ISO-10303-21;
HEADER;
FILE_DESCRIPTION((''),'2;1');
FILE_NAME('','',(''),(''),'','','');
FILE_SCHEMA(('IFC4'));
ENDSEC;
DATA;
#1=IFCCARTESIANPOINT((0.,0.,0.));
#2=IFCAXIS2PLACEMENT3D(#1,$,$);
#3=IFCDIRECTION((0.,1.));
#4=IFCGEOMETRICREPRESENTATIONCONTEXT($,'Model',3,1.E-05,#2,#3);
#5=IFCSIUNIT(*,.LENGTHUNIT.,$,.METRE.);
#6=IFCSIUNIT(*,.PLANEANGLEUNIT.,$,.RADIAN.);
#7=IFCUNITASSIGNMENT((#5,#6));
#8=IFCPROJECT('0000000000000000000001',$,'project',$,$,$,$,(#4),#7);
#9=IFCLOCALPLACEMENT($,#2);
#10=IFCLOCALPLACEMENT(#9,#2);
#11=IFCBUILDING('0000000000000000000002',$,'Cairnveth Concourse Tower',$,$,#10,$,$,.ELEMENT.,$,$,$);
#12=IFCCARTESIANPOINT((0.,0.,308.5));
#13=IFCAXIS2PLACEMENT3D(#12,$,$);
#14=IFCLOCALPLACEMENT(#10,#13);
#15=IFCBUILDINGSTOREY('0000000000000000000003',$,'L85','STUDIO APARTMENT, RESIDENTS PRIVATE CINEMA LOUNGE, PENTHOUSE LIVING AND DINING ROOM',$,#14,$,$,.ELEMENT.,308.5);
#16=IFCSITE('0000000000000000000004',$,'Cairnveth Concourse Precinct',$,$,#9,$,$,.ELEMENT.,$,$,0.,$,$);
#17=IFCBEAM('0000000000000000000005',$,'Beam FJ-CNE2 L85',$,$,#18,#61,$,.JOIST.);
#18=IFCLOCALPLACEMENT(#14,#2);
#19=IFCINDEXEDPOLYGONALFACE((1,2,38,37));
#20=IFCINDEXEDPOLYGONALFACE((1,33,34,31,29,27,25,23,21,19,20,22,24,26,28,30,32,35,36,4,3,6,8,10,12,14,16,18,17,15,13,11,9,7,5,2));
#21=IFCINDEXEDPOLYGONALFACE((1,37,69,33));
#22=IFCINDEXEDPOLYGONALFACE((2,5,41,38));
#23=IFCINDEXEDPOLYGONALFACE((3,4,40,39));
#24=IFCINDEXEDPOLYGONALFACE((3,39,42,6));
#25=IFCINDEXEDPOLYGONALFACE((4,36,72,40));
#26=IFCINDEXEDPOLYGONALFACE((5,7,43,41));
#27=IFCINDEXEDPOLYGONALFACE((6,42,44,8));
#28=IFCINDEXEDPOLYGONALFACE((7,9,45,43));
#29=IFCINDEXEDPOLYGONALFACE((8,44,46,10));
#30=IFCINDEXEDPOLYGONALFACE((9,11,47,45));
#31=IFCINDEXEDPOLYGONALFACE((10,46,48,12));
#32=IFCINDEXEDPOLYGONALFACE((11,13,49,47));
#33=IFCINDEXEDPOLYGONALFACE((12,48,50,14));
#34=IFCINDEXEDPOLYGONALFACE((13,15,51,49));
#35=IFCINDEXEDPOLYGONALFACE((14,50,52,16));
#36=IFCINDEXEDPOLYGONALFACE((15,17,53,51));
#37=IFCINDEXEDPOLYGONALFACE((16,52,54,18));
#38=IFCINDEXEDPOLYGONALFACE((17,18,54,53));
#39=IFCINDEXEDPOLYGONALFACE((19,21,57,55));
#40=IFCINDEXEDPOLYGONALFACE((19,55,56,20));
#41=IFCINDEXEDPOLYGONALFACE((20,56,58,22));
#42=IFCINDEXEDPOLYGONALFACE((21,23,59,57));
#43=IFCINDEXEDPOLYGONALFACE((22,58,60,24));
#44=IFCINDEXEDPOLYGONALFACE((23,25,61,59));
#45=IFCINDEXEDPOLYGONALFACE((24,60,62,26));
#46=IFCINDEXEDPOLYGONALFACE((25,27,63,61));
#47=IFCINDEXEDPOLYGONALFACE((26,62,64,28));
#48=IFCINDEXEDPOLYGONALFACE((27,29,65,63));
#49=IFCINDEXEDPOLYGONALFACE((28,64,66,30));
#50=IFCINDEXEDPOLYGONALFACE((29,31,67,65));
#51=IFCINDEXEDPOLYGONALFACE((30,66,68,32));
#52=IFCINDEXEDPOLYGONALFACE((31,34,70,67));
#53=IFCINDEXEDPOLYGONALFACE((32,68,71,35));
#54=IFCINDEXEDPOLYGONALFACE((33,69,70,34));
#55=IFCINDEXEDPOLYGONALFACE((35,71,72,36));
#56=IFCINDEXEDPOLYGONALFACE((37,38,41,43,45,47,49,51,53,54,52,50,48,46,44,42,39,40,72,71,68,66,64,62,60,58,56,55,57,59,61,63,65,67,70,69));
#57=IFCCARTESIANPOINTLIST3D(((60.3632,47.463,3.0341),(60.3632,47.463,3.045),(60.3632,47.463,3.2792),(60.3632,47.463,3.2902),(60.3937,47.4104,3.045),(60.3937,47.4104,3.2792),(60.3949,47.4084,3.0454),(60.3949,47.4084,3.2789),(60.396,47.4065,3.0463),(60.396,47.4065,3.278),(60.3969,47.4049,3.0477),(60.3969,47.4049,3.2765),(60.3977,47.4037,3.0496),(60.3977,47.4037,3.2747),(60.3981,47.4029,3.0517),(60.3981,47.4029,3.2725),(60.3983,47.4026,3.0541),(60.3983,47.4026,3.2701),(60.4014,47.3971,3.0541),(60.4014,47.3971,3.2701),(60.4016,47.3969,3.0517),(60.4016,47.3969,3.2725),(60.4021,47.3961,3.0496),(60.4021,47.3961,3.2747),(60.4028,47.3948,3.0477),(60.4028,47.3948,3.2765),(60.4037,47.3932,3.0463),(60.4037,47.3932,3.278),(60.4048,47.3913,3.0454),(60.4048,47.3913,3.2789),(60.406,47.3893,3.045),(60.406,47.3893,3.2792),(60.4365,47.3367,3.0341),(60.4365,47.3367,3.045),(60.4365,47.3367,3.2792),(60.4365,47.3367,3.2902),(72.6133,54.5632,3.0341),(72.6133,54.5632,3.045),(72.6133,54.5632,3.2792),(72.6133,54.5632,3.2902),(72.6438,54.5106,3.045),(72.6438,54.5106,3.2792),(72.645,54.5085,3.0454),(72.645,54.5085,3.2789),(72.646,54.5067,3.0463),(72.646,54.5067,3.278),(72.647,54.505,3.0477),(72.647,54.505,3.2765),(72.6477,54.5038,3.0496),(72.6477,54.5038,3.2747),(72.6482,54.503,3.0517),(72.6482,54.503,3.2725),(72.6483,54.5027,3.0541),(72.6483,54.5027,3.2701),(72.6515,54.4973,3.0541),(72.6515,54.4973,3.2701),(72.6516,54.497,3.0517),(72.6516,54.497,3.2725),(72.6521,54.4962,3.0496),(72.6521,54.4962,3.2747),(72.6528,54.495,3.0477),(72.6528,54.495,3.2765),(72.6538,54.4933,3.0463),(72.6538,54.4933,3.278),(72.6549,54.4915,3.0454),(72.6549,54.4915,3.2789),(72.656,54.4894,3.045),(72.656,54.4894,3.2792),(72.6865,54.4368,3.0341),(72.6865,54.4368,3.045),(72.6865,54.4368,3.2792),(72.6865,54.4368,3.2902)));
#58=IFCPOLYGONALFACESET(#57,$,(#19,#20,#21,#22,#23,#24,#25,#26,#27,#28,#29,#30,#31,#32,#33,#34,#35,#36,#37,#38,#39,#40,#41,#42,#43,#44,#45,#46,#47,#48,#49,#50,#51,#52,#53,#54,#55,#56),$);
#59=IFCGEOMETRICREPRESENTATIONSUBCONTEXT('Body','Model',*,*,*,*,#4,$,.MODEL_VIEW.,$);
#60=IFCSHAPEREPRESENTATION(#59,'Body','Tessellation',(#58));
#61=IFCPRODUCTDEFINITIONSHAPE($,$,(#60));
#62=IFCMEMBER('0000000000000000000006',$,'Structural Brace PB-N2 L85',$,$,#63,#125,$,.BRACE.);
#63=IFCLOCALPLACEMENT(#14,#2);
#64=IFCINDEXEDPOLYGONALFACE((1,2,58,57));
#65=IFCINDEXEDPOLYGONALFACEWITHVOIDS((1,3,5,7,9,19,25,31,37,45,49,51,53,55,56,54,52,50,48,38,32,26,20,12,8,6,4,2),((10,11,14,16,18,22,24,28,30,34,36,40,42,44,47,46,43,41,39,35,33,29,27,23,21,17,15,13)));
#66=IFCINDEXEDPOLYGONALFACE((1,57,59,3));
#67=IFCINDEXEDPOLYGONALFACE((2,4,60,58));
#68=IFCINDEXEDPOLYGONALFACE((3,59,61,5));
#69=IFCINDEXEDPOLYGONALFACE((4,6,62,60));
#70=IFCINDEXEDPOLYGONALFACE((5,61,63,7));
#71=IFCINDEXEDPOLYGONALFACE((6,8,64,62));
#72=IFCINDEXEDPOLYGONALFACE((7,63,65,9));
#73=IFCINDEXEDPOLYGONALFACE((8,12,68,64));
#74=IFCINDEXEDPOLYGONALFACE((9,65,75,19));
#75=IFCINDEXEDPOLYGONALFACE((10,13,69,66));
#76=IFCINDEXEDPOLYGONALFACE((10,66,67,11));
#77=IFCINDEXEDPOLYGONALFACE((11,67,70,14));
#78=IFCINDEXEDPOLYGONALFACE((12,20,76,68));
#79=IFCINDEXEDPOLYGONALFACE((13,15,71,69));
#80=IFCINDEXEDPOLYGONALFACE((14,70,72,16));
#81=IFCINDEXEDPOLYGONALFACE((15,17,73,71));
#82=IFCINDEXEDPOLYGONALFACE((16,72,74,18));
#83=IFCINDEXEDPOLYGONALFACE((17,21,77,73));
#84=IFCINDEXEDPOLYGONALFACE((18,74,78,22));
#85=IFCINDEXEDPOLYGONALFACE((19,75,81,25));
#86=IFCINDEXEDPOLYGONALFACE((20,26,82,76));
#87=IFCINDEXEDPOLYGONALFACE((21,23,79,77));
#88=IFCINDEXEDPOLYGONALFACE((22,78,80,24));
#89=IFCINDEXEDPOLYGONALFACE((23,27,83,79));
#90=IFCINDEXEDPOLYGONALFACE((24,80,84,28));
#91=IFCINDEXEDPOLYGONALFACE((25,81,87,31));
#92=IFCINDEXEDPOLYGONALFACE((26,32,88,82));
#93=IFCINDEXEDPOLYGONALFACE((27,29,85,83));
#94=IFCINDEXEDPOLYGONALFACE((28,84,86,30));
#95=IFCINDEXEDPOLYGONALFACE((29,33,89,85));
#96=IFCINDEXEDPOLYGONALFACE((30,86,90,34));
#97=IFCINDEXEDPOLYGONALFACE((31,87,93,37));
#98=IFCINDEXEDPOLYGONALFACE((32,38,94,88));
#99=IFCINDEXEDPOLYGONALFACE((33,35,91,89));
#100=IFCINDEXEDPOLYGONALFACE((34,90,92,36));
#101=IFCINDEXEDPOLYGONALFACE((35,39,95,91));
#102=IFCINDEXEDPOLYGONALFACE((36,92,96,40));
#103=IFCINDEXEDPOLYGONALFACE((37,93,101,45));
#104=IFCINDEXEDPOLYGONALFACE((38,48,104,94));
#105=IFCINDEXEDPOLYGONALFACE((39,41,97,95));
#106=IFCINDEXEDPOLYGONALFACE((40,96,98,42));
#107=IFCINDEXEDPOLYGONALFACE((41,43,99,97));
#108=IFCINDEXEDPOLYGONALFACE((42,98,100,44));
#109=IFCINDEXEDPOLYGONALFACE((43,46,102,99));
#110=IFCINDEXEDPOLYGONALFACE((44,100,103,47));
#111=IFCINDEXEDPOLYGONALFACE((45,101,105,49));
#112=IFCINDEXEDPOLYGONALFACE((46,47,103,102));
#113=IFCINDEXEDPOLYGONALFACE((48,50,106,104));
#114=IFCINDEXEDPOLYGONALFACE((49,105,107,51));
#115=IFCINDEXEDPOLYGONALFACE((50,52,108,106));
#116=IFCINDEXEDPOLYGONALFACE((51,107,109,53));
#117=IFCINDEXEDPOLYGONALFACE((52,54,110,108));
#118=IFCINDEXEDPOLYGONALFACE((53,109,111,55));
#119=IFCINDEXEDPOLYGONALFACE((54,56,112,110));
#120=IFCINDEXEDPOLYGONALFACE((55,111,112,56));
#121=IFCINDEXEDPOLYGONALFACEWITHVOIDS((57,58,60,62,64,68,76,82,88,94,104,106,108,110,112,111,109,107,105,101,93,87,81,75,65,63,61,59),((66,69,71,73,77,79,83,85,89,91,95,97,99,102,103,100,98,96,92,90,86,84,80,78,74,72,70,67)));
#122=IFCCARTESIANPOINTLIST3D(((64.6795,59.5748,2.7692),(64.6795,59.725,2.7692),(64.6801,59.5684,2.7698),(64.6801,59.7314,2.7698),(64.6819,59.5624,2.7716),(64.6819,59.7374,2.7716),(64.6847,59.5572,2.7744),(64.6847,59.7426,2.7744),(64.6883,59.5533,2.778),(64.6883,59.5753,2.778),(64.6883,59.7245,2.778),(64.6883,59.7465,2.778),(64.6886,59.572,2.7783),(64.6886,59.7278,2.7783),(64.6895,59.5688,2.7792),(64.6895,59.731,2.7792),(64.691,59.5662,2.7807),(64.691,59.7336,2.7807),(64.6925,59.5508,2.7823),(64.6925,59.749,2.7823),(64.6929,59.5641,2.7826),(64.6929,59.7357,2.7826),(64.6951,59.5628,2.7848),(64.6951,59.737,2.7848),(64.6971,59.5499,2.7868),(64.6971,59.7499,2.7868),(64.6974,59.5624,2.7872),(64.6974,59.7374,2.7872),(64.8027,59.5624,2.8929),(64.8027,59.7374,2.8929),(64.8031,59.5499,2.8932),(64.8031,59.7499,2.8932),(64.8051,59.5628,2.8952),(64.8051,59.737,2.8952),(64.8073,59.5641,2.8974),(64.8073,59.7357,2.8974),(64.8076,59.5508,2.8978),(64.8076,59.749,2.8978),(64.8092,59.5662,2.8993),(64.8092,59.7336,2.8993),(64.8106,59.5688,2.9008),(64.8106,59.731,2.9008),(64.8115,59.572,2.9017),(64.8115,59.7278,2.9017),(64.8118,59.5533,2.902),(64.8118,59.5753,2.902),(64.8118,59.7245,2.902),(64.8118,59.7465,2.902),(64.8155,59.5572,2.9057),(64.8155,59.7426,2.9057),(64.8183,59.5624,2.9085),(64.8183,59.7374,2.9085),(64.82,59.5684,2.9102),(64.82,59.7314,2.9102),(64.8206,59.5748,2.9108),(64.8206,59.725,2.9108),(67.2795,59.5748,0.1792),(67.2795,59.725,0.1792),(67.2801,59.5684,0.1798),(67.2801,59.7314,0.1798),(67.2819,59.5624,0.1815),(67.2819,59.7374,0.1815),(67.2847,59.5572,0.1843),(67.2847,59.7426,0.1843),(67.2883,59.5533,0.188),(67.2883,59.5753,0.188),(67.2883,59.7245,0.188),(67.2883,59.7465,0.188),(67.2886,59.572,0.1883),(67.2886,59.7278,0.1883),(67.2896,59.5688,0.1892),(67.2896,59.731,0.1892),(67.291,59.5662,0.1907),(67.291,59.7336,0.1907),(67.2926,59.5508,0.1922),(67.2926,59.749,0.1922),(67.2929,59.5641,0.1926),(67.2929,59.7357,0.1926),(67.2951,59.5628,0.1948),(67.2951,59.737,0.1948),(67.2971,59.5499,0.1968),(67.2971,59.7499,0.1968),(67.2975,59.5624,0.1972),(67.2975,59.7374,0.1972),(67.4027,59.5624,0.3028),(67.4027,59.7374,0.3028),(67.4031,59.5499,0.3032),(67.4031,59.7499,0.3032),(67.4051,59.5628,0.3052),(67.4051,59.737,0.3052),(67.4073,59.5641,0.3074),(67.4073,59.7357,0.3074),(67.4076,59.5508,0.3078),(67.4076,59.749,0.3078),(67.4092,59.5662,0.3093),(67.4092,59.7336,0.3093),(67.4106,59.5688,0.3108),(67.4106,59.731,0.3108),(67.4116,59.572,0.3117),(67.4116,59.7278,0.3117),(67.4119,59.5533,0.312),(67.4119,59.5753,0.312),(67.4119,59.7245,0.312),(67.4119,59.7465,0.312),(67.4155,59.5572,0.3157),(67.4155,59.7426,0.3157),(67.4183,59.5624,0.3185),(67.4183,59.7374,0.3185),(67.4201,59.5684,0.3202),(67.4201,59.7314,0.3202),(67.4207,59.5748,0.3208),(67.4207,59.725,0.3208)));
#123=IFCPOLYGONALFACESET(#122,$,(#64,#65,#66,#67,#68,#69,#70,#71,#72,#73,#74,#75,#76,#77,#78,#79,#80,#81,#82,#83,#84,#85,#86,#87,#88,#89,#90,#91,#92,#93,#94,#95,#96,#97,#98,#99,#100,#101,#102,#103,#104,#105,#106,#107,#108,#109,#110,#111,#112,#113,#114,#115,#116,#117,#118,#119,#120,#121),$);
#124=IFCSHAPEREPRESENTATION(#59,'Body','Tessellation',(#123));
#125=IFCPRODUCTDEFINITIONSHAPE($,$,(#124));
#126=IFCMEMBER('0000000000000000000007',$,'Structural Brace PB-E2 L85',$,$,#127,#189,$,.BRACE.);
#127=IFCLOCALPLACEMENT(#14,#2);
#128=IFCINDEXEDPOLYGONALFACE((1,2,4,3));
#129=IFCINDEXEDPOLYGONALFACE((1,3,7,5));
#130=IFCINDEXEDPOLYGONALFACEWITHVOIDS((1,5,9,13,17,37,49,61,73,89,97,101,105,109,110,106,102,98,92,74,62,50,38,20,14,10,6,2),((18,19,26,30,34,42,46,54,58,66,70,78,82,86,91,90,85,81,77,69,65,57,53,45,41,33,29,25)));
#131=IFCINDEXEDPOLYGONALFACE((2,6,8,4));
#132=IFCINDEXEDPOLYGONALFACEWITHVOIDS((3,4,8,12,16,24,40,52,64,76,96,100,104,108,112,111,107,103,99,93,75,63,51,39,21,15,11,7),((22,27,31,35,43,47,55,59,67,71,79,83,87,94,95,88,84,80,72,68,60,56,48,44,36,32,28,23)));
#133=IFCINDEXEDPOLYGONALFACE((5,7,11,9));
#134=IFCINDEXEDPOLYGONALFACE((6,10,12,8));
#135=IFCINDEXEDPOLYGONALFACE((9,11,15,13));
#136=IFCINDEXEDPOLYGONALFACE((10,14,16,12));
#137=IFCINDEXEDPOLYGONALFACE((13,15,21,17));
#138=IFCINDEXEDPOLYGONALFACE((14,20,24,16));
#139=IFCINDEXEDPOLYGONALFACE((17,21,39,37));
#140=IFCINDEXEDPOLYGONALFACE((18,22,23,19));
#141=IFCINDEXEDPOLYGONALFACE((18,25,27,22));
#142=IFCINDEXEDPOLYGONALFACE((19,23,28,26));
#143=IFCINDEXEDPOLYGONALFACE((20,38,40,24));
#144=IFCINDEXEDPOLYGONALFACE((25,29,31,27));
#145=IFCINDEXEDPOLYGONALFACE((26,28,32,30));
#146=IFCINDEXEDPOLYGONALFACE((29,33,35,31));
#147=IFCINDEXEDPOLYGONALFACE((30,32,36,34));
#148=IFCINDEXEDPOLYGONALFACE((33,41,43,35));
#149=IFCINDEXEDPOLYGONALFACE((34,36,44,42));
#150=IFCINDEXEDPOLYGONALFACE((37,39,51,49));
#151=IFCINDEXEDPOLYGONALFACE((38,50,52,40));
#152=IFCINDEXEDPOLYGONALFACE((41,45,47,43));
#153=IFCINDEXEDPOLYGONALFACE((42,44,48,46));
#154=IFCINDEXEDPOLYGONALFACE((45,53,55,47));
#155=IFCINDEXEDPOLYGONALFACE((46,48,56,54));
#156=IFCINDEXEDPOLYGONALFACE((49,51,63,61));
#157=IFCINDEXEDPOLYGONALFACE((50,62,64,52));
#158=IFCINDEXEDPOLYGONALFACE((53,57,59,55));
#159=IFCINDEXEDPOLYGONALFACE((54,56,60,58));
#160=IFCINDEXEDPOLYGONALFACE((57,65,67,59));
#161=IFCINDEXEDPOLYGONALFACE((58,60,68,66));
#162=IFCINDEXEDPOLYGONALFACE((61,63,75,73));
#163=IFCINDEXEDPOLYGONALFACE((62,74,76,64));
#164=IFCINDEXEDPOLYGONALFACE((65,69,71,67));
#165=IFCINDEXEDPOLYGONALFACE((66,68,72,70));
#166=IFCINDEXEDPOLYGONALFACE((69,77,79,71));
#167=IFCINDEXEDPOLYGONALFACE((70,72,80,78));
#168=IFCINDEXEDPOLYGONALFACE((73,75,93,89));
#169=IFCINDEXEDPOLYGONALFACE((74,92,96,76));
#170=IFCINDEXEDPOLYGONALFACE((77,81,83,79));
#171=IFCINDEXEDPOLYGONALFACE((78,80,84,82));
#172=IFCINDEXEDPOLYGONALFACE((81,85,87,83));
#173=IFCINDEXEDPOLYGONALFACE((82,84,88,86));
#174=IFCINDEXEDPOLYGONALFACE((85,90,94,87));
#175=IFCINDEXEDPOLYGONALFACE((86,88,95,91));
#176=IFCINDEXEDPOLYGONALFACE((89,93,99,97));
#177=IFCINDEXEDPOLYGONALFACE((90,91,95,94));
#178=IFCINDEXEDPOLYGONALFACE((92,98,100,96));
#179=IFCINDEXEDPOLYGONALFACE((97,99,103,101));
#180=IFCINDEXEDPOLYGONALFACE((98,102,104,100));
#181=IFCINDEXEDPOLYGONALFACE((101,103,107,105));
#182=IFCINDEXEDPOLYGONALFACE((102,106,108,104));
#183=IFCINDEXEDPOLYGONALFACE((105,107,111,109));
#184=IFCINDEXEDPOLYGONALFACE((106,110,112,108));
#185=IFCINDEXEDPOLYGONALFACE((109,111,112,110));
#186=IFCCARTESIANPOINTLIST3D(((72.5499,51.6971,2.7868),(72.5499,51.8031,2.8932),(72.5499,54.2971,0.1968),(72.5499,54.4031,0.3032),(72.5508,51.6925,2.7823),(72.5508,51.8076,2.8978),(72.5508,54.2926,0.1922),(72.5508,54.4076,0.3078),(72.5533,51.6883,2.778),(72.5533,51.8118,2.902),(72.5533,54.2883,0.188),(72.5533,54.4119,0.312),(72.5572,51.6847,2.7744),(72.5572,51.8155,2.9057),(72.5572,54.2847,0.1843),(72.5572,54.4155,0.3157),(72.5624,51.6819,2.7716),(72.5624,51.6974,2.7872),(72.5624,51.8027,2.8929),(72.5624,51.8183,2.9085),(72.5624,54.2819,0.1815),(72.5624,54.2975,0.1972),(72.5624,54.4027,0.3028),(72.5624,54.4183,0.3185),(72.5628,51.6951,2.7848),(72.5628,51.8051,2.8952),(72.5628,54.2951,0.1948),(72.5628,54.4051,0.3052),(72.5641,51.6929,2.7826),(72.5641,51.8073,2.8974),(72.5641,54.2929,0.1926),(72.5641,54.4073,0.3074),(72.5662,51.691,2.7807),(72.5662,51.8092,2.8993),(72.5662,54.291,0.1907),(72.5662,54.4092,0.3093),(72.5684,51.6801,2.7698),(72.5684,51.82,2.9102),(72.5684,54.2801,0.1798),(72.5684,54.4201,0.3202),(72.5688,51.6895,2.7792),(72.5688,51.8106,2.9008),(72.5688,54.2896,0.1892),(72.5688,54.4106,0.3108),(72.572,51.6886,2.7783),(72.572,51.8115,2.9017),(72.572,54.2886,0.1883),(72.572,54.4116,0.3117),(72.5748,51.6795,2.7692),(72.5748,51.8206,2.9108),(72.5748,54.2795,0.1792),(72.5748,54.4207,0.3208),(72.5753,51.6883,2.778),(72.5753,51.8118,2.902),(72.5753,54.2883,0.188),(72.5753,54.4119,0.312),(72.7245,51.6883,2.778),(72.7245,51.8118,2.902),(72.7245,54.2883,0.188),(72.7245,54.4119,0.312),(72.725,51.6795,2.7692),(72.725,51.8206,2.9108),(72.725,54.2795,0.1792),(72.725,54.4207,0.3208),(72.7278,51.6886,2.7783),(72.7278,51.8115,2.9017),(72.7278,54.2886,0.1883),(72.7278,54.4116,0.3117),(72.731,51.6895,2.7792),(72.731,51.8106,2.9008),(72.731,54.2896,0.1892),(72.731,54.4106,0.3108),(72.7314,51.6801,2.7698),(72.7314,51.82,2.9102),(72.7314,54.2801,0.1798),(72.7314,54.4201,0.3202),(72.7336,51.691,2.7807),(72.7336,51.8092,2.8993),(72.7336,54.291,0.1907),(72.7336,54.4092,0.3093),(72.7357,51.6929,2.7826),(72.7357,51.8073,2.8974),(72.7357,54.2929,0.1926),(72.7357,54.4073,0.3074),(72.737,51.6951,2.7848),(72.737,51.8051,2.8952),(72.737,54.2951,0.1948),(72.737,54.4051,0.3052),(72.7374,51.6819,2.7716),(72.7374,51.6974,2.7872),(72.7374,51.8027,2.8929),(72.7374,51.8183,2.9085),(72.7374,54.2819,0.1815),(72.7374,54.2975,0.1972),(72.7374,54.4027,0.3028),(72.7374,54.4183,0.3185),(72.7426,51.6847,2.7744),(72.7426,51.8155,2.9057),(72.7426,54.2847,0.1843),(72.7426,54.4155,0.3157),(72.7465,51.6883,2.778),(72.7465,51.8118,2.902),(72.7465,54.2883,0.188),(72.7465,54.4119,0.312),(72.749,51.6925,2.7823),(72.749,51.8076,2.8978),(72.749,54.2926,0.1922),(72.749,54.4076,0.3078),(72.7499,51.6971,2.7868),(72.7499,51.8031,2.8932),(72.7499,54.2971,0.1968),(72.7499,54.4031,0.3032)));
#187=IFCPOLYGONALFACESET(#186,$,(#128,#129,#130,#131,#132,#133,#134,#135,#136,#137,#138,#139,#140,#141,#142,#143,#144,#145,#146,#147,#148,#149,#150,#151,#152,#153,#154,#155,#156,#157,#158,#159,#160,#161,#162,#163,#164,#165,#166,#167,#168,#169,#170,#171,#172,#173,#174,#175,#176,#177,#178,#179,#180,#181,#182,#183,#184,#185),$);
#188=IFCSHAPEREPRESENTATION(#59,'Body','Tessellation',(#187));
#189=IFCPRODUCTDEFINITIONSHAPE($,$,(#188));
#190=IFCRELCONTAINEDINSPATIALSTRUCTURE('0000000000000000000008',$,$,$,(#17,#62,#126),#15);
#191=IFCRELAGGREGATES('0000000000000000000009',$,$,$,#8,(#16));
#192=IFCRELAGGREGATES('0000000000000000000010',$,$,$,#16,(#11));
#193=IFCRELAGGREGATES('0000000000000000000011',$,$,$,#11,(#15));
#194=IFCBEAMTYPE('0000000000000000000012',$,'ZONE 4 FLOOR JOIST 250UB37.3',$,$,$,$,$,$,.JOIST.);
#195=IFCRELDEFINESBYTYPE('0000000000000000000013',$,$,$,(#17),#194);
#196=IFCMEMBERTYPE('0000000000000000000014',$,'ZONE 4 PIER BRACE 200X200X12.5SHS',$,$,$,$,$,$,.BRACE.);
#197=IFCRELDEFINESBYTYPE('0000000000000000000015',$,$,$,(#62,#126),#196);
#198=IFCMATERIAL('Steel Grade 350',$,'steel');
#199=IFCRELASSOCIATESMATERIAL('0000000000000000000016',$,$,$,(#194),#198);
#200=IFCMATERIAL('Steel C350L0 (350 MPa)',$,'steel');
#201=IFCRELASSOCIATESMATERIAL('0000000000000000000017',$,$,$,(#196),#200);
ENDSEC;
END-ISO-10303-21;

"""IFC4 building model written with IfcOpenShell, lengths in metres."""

from ifc_helpers import new_model, si_unit, direction, frame, origin, origin_2d, place, context, subcontext, project, spatial, hollow_rectangle, i_section, extrude, material, material_profile, profile_set, type_object, element, save


model = new_model("IFC4")

# Units and contexts
model_context = context("Model", 3, precision=1e-05, world=origin(), true_north=direction((0.0, 1.0)))
body_context = subcontext(model_context, "Body", "Model", "MODEL_VIEW")
ifc_project = project(units=[si_unit("LENGTHUNIT", "METRE"), si_unit("PLANEANGLEUNIT", "RADIAN")], contexts=[model_context])

# Site, building, storey
site_placement = place(None, origin())
site = spatial("IfcSite", under=ifc_project, at=site_placement, Name="Cairnveth Concourse Precinct", CompositionType="ELEMENT", RefElevation=0.0)
building_placement = place(site_placement, origin())
building = spatial("IfcBuilding", under=site, at=building_placement, Name="Cairnveth Concourse Tower", CompositionType="ELEMENT")
storey_placement = place(building_placement, frame((0.0, 0.0, 308.5)))
storey = spatial("IfcBuildingStorey", under=building, at=storey_placement, Name="L85", Description="STUDIO APARTMENT, RESIDENTS PRIVATE CINEMA LOUNGE, PENTHOUSE LIVING AND DINING ROOM", CompositionType="ELEMENT", Elevation=308.5)

# Shared definitions
ifc_material_1 = material(Name="Steel Grade 350", Category="steel")

# Beam
ifc_material_profile_1 = material_profile(ifc_material_1, i_section(OverallWidth=0.146, OverallDepth=0.2561, WebThickness=0.0063, FlangeThickness=0.011, FilletRadius=0.009, at=origin_2d()), Name="250UB37.3")
ifc_profile_set_1 = profile_set([ifc_material_profile_1], Name="Steel Grade 350")
beam_type_1 = type_object("IfcBeamType", Name="ZONE 4 FLOOR JOIST 250UB37.3", PredefinedType="JOIST", material=ifc_profile_set_1)
beam_1_placement = place(storey_placement, frame((72.6499, 54.5, 3.1621), z_axis=(-0.865181, -0.501459, 0.0), x_axis=(0.501459, -0.865181, 0.0)))
element("IfcBeam", 1, at=beam_1_placement, inside=storey, type_object=beam_type_1, Name="Beam FJ-CNE2 L85", PredefinedType="JOIST", context=body_context, shape_type="SweptSolid", body=[
    extrude(i_section(OverallWidth=0.146, OverallDepth=0.2561, WebThickness=0.0063, FlangeThickness=0.011, FilletRadius=0.009, at=origin_2d()), origin(), (0.0, 0.0, 1.0), 14.1589),
])

# Members
ifc_material_2 = material(Name="Steel C350L0 (350 MPa)", Category="steel")
ifc_material_profile_2 = material_profile(ifc_material_2, hollow_rectangle(XDim=0.2, YDim=0.2, WallThickness=0.0125, InnerFilletRadius=0.0129, OuterFilletRadius=0.0249, at=origin_2d()), Name="200x200x12.5SHS")
ifc_profile_set_2 = profile_set([ifc_material_profile_2], Name="Steel C350L0 (350 MPa)")
member_type = type_object("IfcMemberType", Name="ZONE 4 PIER BRACE 200X200X12.5SHS", PredefinedType="BRACE", material=ifc_profile_set_2)
for number, where, z_axis, x_axis, name in (
    (2, (67.3501, 59.6499, 0.25), (-0.708469, 0.0, 0.705742), (0.0, -1.0, 0.0), "Structural Brace PB-N2 L85"),
    (3, (72.6499, 54.3501, 0.25), (0.0, -0.708469, 0.705742), (1.0, 0.0, 0.0), "Structural Brace PB-E2 L85"),
):
    element("IfcMember", number, at=place(storey_placement, frame(where, z_axis=z_axis, x_axis=x_axis)), inside=storey, type_object=member_type, Name=name, PredefinedType="BRACE", context=body_context, shape_type="SweptSolid", body=[
        extrude(hollow_rectangle(XDim=0.2, YDim=0.2, WallThickness=0.0125, InnerFilletRadius=0.0129, OuterFilletRadius=0.0249, at=origin_2d()), origin(), (0.0, 0.0, 1.0), 3.6699),
    ])

save(model, "model.ifc")
